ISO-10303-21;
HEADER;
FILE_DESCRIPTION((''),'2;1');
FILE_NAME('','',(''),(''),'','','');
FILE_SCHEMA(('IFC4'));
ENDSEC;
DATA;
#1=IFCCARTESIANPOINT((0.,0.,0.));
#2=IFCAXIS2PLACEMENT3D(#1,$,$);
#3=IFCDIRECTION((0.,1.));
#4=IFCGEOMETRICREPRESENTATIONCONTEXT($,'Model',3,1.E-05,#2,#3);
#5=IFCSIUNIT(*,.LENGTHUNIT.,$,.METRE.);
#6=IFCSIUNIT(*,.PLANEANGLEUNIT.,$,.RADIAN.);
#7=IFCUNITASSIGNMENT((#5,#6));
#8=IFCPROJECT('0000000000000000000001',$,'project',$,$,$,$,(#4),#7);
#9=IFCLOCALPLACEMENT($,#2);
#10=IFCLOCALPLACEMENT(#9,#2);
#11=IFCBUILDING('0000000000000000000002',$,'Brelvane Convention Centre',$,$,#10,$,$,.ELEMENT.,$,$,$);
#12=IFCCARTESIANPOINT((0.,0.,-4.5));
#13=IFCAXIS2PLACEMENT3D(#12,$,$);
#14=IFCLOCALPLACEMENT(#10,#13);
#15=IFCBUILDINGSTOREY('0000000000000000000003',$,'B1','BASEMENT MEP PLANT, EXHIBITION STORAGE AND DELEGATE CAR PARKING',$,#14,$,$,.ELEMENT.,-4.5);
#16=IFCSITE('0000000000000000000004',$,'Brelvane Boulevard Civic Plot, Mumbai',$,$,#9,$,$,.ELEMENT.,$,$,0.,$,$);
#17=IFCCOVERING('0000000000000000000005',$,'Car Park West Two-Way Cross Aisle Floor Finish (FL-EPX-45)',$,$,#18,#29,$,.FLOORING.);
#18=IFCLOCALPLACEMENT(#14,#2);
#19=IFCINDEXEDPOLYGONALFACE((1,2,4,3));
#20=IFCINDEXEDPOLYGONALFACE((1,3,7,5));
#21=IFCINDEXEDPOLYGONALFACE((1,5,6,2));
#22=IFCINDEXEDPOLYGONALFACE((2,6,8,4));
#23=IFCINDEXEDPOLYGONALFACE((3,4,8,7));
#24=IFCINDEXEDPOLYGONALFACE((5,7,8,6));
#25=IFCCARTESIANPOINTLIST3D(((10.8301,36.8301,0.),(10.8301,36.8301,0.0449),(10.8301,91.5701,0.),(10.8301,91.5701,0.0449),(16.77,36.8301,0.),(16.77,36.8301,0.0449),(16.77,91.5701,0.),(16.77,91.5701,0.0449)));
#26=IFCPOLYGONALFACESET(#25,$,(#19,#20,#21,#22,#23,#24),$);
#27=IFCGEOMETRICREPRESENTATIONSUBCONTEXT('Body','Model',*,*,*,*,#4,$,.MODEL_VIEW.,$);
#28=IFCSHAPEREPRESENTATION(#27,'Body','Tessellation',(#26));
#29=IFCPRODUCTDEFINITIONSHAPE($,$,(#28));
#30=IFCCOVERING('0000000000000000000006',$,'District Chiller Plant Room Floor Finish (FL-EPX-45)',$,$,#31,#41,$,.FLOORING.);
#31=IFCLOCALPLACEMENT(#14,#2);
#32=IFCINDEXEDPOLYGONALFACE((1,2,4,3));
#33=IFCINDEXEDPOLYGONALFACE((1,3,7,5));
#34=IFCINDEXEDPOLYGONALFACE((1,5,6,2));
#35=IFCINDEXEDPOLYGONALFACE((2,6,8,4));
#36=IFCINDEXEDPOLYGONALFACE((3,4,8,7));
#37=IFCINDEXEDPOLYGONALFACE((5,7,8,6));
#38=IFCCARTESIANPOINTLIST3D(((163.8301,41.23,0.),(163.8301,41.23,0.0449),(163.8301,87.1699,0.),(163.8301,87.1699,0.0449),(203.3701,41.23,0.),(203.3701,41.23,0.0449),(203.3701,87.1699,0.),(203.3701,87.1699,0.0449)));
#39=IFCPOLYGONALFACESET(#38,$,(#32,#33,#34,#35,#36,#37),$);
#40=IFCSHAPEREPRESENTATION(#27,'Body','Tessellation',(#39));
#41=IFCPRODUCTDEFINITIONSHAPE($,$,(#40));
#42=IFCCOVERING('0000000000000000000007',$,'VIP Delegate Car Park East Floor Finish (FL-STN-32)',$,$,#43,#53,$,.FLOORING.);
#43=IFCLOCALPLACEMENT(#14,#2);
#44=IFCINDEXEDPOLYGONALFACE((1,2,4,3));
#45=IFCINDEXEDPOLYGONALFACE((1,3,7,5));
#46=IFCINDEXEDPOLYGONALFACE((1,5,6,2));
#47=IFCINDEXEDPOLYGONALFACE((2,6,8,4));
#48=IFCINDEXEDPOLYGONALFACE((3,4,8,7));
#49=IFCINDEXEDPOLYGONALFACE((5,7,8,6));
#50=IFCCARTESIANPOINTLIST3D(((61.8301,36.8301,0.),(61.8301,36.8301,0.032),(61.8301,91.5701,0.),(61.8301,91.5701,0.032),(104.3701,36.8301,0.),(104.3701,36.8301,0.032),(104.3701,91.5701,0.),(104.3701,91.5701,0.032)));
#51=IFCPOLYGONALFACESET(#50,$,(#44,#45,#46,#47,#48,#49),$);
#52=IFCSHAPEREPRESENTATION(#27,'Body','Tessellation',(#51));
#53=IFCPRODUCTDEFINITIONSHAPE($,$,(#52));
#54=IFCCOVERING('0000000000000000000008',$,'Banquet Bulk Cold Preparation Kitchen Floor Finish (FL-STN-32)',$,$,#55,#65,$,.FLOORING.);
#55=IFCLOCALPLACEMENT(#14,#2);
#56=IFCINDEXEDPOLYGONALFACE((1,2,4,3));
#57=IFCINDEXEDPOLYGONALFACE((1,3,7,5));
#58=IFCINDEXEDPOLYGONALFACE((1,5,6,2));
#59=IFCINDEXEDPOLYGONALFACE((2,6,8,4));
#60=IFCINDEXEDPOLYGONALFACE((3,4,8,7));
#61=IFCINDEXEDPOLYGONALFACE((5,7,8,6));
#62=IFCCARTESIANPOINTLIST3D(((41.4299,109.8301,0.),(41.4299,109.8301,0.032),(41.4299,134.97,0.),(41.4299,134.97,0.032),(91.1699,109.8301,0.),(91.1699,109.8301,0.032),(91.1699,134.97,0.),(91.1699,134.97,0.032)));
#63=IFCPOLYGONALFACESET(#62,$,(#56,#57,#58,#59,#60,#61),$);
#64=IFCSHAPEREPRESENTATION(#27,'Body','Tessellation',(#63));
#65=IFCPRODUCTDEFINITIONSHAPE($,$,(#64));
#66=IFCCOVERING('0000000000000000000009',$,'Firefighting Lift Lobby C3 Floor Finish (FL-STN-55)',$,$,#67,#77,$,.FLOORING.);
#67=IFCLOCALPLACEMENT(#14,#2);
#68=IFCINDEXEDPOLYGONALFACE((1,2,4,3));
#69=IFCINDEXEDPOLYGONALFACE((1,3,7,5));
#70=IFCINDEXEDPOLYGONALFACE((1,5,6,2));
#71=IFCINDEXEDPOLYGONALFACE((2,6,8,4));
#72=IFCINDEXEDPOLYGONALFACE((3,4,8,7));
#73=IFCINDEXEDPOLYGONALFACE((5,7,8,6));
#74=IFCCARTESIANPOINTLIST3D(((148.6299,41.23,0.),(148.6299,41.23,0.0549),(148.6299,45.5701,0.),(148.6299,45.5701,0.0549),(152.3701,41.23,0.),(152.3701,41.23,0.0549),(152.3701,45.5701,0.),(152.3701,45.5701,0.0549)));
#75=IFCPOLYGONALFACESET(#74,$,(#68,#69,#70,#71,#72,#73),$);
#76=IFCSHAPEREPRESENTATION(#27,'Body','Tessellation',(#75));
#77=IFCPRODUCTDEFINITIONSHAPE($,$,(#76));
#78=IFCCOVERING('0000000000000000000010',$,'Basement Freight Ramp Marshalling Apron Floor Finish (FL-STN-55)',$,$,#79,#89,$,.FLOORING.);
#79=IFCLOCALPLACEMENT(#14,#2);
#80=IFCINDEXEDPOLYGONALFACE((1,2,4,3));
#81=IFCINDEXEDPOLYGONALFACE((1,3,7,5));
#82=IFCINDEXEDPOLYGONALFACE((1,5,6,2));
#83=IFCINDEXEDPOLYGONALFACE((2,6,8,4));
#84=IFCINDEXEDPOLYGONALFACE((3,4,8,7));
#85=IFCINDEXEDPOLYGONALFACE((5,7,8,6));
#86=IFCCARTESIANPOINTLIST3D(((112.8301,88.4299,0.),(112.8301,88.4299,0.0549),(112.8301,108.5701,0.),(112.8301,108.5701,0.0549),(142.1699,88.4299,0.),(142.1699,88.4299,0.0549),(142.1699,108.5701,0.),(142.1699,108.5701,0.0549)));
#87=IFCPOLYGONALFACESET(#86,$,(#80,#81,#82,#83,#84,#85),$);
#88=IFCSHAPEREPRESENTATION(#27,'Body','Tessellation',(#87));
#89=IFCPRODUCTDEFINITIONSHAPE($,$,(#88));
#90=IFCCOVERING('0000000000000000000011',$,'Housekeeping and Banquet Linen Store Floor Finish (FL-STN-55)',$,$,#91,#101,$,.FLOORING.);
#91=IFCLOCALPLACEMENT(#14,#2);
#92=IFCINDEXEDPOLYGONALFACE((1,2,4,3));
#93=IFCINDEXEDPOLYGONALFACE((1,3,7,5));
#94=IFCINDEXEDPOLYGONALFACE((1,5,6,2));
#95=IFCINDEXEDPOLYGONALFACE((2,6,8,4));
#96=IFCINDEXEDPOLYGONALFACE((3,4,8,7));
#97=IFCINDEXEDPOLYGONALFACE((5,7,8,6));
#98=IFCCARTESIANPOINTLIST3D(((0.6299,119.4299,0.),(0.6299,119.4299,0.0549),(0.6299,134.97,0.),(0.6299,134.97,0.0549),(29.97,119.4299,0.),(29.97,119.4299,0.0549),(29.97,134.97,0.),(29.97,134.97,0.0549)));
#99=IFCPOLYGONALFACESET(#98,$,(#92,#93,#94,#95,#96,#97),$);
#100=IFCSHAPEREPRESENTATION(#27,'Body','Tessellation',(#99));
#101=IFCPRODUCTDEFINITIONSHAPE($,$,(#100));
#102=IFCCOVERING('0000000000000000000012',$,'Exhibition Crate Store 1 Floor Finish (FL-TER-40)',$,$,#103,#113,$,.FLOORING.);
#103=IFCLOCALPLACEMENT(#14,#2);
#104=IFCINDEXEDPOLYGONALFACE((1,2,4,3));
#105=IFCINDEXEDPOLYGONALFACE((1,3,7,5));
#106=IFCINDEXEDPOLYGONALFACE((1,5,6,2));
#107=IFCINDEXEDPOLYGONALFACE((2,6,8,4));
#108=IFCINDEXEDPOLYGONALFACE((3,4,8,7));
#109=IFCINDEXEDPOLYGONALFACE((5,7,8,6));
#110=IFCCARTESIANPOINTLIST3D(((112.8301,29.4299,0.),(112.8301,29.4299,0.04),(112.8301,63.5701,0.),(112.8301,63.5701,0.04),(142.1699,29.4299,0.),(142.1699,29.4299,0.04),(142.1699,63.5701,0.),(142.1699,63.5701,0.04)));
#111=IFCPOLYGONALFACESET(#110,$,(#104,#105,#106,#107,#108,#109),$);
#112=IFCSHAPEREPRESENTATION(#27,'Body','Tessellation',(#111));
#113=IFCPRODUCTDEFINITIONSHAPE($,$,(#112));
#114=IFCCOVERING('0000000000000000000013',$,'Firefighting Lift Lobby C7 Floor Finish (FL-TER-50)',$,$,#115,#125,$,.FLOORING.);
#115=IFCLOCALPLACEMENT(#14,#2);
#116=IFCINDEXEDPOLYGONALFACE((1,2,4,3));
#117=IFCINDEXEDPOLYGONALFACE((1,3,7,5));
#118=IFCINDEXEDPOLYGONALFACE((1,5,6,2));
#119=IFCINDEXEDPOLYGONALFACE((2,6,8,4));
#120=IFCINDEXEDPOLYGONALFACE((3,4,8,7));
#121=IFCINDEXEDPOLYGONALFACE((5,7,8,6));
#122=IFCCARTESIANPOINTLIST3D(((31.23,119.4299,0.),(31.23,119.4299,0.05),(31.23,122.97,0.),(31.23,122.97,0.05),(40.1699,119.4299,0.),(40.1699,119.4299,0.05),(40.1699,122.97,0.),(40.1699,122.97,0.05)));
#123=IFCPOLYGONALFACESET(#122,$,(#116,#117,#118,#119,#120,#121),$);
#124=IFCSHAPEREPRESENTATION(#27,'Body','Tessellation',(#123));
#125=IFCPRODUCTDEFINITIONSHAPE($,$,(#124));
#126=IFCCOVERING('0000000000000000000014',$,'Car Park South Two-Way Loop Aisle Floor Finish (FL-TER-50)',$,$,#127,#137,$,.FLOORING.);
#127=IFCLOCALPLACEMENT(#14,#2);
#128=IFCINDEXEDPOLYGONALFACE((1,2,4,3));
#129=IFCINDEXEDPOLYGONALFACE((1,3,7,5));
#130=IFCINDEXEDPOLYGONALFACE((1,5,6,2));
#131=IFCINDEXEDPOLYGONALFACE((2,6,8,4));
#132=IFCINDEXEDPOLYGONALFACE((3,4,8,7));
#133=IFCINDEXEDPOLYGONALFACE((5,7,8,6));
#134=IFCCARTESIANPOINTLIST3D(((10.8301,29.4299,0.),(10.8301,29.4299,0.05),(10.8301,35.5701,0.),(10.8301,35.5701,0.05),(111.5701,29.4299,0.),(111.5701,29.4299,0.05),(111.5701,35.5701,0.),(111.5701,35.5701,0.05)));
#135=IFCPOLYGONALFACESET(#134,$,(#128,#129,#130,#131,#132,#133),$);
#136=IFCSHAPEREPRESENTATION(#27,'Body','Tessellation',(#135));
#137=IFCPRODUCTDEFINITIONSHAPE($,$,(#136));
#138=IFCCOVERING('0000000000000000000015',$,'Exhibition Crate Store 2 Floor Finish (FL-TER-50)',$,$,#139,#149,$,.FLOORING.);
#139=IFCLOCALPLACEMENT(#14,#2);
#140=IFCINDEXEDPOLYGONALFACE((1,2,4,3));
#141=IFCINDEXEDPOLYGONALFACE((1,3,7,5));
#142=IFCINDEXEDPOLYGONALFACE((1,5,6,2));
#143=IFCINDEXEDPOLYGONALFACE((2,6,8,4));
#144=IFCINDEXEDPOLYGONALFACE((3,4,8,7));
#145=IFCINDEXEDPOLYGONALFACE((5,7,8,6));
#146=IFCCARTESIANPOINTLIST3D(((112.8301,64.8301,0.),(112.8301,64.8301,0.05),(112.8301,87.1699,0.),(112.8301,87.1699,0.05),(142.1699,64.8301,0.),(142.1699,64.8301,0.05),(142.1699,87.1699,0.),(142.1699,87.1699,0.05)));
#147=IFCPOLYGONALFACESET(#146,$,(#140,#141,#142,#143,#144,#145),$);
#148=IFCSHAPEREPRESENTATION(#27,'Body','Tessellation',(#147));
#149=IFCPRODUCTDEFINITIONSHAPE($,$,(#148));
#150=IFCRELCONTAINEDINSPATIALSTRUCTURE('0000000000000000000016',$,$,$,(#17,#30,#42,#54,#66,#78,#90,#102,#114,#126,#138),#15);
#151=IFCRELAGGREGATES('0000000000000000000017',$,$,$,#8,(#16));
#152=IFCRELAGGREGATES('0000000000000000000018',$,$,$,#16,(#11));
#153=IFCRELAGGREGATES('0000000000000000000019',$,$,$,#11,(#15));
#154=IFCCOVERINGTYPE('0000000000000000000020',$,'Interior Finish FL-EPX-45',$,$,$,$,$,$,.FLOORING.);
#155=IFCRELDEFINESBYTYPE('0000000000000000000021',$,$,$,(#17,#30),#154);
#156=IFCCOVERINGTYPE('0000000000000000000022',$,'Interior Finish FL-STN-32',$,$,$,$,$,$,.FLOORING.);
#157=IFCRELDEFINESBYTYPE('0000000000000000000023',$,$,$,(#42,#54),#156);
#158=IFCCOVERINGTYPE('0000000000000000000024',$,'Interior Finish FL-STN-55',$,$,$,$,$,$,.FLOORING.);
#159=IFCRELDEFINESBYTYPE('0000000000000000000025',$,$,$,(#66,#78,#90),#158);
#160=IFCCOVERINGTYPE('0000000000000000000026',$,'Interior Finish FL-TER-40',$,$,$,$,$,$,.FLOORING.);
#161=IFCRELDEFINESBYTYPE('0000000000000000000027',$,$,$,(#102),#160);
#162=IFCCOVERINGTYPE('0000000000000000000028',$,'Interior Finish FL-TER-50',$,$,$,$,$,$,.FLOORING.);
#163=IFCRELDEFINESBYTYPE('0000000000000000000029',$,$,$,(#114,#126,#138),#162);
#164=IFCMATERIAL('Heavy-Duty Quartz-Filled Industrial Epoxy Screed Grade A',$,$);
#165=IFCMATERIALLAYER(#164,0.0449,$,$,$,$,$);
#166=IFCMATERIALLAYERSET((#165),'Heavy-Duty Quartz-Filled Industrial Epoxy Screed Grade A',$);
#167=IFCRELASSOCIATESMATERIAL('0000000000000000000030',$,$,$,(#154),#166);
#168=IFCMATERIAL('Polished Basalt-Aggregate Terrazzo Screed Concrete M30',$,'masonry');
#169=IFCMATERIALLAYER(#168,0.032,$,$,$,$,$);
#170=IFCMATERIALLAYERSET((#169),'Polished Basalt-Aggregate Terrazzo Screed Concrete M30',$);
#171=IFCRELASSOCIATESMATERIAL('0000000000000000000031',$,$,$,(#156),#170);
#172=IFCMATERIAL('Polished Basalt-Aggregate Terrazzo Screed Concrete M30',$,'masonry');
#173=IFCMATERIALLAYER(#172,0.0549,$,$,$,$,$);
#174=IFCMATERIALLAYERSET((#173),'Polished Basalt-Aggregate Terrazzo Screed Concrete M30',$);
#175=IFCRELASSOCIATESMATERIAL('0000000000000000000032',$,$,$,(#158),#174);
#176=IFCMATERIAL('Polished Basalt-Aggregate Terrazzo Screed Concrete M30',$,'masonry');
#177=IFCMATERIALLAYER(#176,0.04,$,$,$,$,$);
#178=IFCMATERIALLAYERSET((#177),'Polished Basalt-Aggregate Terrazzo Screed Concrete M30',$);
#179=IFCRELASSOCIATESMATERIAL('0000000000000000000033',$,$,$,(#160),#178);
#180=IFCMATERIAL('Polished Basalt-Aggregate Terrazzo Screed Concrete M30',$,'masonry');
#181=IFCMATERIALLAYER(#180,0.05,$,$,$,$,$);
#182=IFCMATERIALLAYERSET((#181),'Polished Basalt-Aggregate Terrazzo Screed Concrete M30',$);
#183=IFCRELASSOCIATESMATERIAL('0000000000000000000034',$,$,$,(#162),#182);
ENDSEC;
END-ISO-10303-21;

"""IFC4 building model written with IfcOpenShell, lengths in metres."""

from ifc_helpers import new_model, si_unit, direction, frame, origin, place, context, subcontext, project, spatial, polyline, outline, extrude, material, layer, layer_set, type_object, element, save


model = new_model("IFC4")

# Units and contexts
model_context = context("Model", 3, precision=1e-05, world=origin(), true_north=direction((0.0, 1.0)))
body_context = subcontext(model_context, "Body", "Model", "MODEL_VIEW")
ifc_project = project(units=[si_unit("LENGTHUNIT", "METRE"), si_unit("PLANEANGLEUNIT", "RADIAN")], contexts=[model_context])

# Site, building, storey
site_placement = place(None, origin())
site = spatial("IfcSite", under=ifc_project, at=site_placement, Name="Brelvane Boulevard Civic Plot, Mumbai", CompositionType="ELEMENT", RefElevation=0.0)
building_placement = place(site_placement, origin())
building = spatial("IfcBuilding", under=site, at=building_placement, Name="Brelvane Convention Centre", CompositionType="ELEMENT")
storey_placement = place(building_placement, frame((0.0, 0.0, -4.5)))
storey = spatial("IfcBuildingStorey", under=building, at=storey_placement, Name="B1", Description="BASEMENT MEP PLANT, EXHIBITION STORAGE AND DELEGATE CAR PARKING", CompositionType="ELEMENT", Elevation=-4.5)

# Coverings
ifc_material_1 = material(Name="Heavy-Duty Quartz-Filled Industrial Epoxy Screed Grade A")
ifc_layer_1 = layer(ifc_material_1, 0.0449)
ifc_layer_set_1 = layer_set([ifc_layer_1], Name="Heavy-Duty Quartz-Filled Industrial Epoxy Screed Grade A")
covering_type_1 = type_object("IfcCoveringType", Name="Interior Finish FL-EPX-45", PredefinedType="FLOORING", material=ifc_layer_set_1)
covering_1_placement = place(storey_placement, origin())
element("IfcCovering", 1, at=covering_1_placement, inside=storey, type_object=covering_type_1, Name="Car Park West Two-Way Cross Aisle Floor Finish (FL-EPX-45)", PredefinedType="FLOORING", context=body_context, shape_type="SweptSolid", body=[
    extrude(outline(polyline([(10.8301, 36.8301), (16.77, 36.8301), (16.77, 91.5701), (10.8301, 91.5701), (10.8301, 36.8301)])), origin(), (0.0, 0.0, 1.0), 0.0449),
])
covering_2_placement = place(storey_placement, origin())
element("IfcCovering", 2, at=covering_2_placement, inside=storey, type_object=covering_type_1, Name="District Chiller Plant Room Floor Finish (FL-EPX-45)", PredefinedType="FLOORING", context=body_context, shape_type="SweptSolid", body=[
    extrude(outline(polyline([(163.8301, 41.23), (203.3701, 41.23), (203.3701, 87.1699), (163.8301, 87.1699), (163.8301, 41.23)])), origin(), (0.0, 0.0, 1.0), 0.0449),
])
ifc_material_2 = material(Name="Polished Basalt-Aggregate Terrazzo Screed Concrete M30", Category="masonry")
ifc_layer_2 = layer(ifc_material_2, 0.032)
ifc_layer_set_2 = layer_set([ifc_layer_2], Name="Polished Basalt-Aggregate Terrazzo Screed Concrete M30")
covering_type_2 = type_object("IfcCoveringType", Name="Interior Finish FL-STN-32", PredefinedType="FLOORING", material=ifc_layer_set_2)
covering_3_placement = place(storey_placement, origin())
element("IfcCovering", 3, at=covering_3_placement, inside=storey, type_object=covering_type_2, Name="VIP Delegate Car Park East Floor Finish (FL-STN-32)", PredefinedType="FLOORING", context=body_context, shape_type="SweptSolid", body=[
    extrude(outline(polyline([(61.8301, 36.8301), (104.3701, 36.8301), (104.3701, 91.5701), (61.8301, 91.5701), (61.8301, 36.8301)])), origin(), (0.0, 0.0, 1.0), 0.032),
])
covering_4_placement = place(storey_placement, origin())
element("IfcCovering", 4, at=covering_4_placement, inside=storey, type_object=covering_type_2, Name="Banquet Bulk Cold Preparation Kitchen Floor Finish (FL-STN-32)", PredefinedType="FLOORING", context=body_context, shape_type="SweptSolid", body=[
    extrude(outline(polyline([(41.4299, 109.8301), (91.1699, 109.8301), (91.1699, 134.97), (41.4299, 134.97), (41.4299, 109.8301)])), origin(), (0.0, 0.0, 1.0), 0.032),
])
ifc_material_3 = material(Name="Polished Basalt-Aggregate Terrazzo Screed Concrete M30", Category="masonry")
ifc_layer_3 = layer(ifc_material_3, 0.0549)
ifc_layer_set_3 = layer_set([ifc_layer_3], Name="Polished Basalt-Aggregate Terrazzo Screed Concrete M30")
covering_type_3 = type_object("IfcCoveringType", Name="Interior Finish FL-STN-55", PredefinedType="FLOORING", material=ifc_layer_set_3)
covering_5_placement = place(storey_placement, origin())
element("IfcCovering", 5, at=covering_5_placement, inside=storey, type_object=covering_type_3, Name="Firefighting Lift Lobby C3 Floor Finish (FL-STN-55)", PredefinedType="FLOORING", context=body_context, shape_type="SweptSolid", body=[
    extrude(outline(polyline([(148.6299, 41.23), (152.3701, 41.23), (152.3701, 45.5701), (148.6299, 45.5701), (148.6299, 41.23)])), origin(), (0.0, 0.0, 1.0), 0.0549),
])
covering_6_placement = place(storey_placement, origin())
element("IfcCovering", 6, at=covering_6_placement, inside=storey, type_object=covering_type_3, Name="Basement Freight Ramp Marshalling Apron Floor Finish (FL-STN-55)", PredefinedType="FLOORING", context=body_context, shape_type="SweptSolid", body=[
    extrude(outline(polyline([(112.8301, 88.4299), (142.1699, 88.4299), (142.1699, 108.5701), (112.8301, 108.5701), (112.8301, 88.4299)])), origin(), (0.0, 0.0, 1.0), 0.0549),
])
covering_7_placement = place(storey_placement, origin())
element("IfcCovering", 7, at=covering_7_placement, inside=storey, type_object=covering_type_3, Name="Housekeeping and Banquet Linen Store Floor Finish (FL-STN-55)", PredefinedType="FLOORING", context=body_context, shape_type="SweptSolid", body=[
    extrude(outline(polyline([(0.6299, 119.4299), (29.97, 119.4299), (29.97, 134.97), (0.6299, 134.97), (0.6299, 119.4299)])), origin(), (0.0, 0.0, 1.0), 0.0549),
])
ifc_material_4 = material(Name="Polished Basalt-Aggregate Terrazzo Screed Concrete M30", Category="masonry")
ifc_layer_4 = layer(ifc_material_4, 0.04)
ifc_layer_set_4 = layer_set([ifc_layer_4], Name="Polished Basalt-Aggregate Terrazzo Screed Concrete M30")
covering_type_4 = type_object("IfcCoveringType", Name="Interior Finish FL-TER-40", PredefinedType="FLOORING", material=ifc_layer_set_4)
covering_8_placement = place(storey_placement, origin())
element("IfcCovering", 8, at=covering_8_placement, inside=storey, type_object=covering_type_4, Name="Exhibition Crate Store 1 Floor Finish (FL-TER-40)", PredefinedType="FLOORING", context=body_context, shape_type="SweptSolid", body=[
    extrude(outline(polyline([(112.8301, 29.4299), (142.1699, 29.4299), (142.1699, 63.5701), (112.8301, 63.5701), (112.8301, 29.4299)])), origin(), (0.0, 0.0, 1.0), 0.04),
])
ifc_material_5 = material(Name="Polished Basalt-Aggregate Terrazzo Screed Concrete M30", Category="masonry")
ifc_layer_5 = layer(ifc_material_5, 0.05)
ifc_layer_set_5 = layer_set([ifc_layer_5], Name="Polished Basalt-Aggregate Terrazzo Screed Concrete M30")
covering_type_5 = type_object("IfcCoveringType", Name="Interior Finish FL-TER-50", PredefinedType="FLOORING", material=ifc_layer_set_5)
covering_9_placement = place(storey_placement, origin())
element("IfcCovering", 9, at=covering_9_placement, inside=storey, type_object=covering_type_5, Name="Firefighting Lift Lobby C7 Floor Finish (FL-TER-50)", PredefinedType="FLOORING", context=body_context, shape_type="SweptSolid", body=[
    extrude(outline(polyline([(31.23, 119.4299), (40.1699, 119.4299), (40.1699, 122.97), (31.23, 122.97), (31.23, 119.4299)])), origin(), (0.0, 0.0, 1.0), 0.05),
])
covering_10_placement = place(storey_placement, origin())
element("IfcCovering", 10, at=covering_10_placement, inside=storey, type_object=covering_type_5, Name="Car Park South Two-Way Loop Aisle Floor Finish (FL-TER-50)", PredefinedType="FLOORING", context=body_context, shape_type="SweptSolid", body=[
    extrude(outline(polyline([(10.8301, 29.4299), (111.5701, 29.4299), (111.5701, 35.5701), (10.8301, 35.5701), (10.8301, 29.4299)])), origin(), (0.0, 0.0, 1.0), 0.05),
])
covering_11_placement = place(storey_placement, origin())
element("IfcCovering", 11, at=covering_11_placement, inside=storey, type_object=covering_type_5, Name="Exhibition Crate Store 2 Floor Finish (FL-TER-50)", PredefinedType="FLOORING", context=body_context, shape_type="SweptSolid", body=[
    extrude(outline(polyline([(112.8301, 64.8301), (142.1699, 64.8301), (142.1699, 87.1699), (112.8301, 87.1699), (112.8301, 64.8301)])), origin(), (0.0, 0.0, 1.0), 0.05),
])

save(model, "model.ifc")
